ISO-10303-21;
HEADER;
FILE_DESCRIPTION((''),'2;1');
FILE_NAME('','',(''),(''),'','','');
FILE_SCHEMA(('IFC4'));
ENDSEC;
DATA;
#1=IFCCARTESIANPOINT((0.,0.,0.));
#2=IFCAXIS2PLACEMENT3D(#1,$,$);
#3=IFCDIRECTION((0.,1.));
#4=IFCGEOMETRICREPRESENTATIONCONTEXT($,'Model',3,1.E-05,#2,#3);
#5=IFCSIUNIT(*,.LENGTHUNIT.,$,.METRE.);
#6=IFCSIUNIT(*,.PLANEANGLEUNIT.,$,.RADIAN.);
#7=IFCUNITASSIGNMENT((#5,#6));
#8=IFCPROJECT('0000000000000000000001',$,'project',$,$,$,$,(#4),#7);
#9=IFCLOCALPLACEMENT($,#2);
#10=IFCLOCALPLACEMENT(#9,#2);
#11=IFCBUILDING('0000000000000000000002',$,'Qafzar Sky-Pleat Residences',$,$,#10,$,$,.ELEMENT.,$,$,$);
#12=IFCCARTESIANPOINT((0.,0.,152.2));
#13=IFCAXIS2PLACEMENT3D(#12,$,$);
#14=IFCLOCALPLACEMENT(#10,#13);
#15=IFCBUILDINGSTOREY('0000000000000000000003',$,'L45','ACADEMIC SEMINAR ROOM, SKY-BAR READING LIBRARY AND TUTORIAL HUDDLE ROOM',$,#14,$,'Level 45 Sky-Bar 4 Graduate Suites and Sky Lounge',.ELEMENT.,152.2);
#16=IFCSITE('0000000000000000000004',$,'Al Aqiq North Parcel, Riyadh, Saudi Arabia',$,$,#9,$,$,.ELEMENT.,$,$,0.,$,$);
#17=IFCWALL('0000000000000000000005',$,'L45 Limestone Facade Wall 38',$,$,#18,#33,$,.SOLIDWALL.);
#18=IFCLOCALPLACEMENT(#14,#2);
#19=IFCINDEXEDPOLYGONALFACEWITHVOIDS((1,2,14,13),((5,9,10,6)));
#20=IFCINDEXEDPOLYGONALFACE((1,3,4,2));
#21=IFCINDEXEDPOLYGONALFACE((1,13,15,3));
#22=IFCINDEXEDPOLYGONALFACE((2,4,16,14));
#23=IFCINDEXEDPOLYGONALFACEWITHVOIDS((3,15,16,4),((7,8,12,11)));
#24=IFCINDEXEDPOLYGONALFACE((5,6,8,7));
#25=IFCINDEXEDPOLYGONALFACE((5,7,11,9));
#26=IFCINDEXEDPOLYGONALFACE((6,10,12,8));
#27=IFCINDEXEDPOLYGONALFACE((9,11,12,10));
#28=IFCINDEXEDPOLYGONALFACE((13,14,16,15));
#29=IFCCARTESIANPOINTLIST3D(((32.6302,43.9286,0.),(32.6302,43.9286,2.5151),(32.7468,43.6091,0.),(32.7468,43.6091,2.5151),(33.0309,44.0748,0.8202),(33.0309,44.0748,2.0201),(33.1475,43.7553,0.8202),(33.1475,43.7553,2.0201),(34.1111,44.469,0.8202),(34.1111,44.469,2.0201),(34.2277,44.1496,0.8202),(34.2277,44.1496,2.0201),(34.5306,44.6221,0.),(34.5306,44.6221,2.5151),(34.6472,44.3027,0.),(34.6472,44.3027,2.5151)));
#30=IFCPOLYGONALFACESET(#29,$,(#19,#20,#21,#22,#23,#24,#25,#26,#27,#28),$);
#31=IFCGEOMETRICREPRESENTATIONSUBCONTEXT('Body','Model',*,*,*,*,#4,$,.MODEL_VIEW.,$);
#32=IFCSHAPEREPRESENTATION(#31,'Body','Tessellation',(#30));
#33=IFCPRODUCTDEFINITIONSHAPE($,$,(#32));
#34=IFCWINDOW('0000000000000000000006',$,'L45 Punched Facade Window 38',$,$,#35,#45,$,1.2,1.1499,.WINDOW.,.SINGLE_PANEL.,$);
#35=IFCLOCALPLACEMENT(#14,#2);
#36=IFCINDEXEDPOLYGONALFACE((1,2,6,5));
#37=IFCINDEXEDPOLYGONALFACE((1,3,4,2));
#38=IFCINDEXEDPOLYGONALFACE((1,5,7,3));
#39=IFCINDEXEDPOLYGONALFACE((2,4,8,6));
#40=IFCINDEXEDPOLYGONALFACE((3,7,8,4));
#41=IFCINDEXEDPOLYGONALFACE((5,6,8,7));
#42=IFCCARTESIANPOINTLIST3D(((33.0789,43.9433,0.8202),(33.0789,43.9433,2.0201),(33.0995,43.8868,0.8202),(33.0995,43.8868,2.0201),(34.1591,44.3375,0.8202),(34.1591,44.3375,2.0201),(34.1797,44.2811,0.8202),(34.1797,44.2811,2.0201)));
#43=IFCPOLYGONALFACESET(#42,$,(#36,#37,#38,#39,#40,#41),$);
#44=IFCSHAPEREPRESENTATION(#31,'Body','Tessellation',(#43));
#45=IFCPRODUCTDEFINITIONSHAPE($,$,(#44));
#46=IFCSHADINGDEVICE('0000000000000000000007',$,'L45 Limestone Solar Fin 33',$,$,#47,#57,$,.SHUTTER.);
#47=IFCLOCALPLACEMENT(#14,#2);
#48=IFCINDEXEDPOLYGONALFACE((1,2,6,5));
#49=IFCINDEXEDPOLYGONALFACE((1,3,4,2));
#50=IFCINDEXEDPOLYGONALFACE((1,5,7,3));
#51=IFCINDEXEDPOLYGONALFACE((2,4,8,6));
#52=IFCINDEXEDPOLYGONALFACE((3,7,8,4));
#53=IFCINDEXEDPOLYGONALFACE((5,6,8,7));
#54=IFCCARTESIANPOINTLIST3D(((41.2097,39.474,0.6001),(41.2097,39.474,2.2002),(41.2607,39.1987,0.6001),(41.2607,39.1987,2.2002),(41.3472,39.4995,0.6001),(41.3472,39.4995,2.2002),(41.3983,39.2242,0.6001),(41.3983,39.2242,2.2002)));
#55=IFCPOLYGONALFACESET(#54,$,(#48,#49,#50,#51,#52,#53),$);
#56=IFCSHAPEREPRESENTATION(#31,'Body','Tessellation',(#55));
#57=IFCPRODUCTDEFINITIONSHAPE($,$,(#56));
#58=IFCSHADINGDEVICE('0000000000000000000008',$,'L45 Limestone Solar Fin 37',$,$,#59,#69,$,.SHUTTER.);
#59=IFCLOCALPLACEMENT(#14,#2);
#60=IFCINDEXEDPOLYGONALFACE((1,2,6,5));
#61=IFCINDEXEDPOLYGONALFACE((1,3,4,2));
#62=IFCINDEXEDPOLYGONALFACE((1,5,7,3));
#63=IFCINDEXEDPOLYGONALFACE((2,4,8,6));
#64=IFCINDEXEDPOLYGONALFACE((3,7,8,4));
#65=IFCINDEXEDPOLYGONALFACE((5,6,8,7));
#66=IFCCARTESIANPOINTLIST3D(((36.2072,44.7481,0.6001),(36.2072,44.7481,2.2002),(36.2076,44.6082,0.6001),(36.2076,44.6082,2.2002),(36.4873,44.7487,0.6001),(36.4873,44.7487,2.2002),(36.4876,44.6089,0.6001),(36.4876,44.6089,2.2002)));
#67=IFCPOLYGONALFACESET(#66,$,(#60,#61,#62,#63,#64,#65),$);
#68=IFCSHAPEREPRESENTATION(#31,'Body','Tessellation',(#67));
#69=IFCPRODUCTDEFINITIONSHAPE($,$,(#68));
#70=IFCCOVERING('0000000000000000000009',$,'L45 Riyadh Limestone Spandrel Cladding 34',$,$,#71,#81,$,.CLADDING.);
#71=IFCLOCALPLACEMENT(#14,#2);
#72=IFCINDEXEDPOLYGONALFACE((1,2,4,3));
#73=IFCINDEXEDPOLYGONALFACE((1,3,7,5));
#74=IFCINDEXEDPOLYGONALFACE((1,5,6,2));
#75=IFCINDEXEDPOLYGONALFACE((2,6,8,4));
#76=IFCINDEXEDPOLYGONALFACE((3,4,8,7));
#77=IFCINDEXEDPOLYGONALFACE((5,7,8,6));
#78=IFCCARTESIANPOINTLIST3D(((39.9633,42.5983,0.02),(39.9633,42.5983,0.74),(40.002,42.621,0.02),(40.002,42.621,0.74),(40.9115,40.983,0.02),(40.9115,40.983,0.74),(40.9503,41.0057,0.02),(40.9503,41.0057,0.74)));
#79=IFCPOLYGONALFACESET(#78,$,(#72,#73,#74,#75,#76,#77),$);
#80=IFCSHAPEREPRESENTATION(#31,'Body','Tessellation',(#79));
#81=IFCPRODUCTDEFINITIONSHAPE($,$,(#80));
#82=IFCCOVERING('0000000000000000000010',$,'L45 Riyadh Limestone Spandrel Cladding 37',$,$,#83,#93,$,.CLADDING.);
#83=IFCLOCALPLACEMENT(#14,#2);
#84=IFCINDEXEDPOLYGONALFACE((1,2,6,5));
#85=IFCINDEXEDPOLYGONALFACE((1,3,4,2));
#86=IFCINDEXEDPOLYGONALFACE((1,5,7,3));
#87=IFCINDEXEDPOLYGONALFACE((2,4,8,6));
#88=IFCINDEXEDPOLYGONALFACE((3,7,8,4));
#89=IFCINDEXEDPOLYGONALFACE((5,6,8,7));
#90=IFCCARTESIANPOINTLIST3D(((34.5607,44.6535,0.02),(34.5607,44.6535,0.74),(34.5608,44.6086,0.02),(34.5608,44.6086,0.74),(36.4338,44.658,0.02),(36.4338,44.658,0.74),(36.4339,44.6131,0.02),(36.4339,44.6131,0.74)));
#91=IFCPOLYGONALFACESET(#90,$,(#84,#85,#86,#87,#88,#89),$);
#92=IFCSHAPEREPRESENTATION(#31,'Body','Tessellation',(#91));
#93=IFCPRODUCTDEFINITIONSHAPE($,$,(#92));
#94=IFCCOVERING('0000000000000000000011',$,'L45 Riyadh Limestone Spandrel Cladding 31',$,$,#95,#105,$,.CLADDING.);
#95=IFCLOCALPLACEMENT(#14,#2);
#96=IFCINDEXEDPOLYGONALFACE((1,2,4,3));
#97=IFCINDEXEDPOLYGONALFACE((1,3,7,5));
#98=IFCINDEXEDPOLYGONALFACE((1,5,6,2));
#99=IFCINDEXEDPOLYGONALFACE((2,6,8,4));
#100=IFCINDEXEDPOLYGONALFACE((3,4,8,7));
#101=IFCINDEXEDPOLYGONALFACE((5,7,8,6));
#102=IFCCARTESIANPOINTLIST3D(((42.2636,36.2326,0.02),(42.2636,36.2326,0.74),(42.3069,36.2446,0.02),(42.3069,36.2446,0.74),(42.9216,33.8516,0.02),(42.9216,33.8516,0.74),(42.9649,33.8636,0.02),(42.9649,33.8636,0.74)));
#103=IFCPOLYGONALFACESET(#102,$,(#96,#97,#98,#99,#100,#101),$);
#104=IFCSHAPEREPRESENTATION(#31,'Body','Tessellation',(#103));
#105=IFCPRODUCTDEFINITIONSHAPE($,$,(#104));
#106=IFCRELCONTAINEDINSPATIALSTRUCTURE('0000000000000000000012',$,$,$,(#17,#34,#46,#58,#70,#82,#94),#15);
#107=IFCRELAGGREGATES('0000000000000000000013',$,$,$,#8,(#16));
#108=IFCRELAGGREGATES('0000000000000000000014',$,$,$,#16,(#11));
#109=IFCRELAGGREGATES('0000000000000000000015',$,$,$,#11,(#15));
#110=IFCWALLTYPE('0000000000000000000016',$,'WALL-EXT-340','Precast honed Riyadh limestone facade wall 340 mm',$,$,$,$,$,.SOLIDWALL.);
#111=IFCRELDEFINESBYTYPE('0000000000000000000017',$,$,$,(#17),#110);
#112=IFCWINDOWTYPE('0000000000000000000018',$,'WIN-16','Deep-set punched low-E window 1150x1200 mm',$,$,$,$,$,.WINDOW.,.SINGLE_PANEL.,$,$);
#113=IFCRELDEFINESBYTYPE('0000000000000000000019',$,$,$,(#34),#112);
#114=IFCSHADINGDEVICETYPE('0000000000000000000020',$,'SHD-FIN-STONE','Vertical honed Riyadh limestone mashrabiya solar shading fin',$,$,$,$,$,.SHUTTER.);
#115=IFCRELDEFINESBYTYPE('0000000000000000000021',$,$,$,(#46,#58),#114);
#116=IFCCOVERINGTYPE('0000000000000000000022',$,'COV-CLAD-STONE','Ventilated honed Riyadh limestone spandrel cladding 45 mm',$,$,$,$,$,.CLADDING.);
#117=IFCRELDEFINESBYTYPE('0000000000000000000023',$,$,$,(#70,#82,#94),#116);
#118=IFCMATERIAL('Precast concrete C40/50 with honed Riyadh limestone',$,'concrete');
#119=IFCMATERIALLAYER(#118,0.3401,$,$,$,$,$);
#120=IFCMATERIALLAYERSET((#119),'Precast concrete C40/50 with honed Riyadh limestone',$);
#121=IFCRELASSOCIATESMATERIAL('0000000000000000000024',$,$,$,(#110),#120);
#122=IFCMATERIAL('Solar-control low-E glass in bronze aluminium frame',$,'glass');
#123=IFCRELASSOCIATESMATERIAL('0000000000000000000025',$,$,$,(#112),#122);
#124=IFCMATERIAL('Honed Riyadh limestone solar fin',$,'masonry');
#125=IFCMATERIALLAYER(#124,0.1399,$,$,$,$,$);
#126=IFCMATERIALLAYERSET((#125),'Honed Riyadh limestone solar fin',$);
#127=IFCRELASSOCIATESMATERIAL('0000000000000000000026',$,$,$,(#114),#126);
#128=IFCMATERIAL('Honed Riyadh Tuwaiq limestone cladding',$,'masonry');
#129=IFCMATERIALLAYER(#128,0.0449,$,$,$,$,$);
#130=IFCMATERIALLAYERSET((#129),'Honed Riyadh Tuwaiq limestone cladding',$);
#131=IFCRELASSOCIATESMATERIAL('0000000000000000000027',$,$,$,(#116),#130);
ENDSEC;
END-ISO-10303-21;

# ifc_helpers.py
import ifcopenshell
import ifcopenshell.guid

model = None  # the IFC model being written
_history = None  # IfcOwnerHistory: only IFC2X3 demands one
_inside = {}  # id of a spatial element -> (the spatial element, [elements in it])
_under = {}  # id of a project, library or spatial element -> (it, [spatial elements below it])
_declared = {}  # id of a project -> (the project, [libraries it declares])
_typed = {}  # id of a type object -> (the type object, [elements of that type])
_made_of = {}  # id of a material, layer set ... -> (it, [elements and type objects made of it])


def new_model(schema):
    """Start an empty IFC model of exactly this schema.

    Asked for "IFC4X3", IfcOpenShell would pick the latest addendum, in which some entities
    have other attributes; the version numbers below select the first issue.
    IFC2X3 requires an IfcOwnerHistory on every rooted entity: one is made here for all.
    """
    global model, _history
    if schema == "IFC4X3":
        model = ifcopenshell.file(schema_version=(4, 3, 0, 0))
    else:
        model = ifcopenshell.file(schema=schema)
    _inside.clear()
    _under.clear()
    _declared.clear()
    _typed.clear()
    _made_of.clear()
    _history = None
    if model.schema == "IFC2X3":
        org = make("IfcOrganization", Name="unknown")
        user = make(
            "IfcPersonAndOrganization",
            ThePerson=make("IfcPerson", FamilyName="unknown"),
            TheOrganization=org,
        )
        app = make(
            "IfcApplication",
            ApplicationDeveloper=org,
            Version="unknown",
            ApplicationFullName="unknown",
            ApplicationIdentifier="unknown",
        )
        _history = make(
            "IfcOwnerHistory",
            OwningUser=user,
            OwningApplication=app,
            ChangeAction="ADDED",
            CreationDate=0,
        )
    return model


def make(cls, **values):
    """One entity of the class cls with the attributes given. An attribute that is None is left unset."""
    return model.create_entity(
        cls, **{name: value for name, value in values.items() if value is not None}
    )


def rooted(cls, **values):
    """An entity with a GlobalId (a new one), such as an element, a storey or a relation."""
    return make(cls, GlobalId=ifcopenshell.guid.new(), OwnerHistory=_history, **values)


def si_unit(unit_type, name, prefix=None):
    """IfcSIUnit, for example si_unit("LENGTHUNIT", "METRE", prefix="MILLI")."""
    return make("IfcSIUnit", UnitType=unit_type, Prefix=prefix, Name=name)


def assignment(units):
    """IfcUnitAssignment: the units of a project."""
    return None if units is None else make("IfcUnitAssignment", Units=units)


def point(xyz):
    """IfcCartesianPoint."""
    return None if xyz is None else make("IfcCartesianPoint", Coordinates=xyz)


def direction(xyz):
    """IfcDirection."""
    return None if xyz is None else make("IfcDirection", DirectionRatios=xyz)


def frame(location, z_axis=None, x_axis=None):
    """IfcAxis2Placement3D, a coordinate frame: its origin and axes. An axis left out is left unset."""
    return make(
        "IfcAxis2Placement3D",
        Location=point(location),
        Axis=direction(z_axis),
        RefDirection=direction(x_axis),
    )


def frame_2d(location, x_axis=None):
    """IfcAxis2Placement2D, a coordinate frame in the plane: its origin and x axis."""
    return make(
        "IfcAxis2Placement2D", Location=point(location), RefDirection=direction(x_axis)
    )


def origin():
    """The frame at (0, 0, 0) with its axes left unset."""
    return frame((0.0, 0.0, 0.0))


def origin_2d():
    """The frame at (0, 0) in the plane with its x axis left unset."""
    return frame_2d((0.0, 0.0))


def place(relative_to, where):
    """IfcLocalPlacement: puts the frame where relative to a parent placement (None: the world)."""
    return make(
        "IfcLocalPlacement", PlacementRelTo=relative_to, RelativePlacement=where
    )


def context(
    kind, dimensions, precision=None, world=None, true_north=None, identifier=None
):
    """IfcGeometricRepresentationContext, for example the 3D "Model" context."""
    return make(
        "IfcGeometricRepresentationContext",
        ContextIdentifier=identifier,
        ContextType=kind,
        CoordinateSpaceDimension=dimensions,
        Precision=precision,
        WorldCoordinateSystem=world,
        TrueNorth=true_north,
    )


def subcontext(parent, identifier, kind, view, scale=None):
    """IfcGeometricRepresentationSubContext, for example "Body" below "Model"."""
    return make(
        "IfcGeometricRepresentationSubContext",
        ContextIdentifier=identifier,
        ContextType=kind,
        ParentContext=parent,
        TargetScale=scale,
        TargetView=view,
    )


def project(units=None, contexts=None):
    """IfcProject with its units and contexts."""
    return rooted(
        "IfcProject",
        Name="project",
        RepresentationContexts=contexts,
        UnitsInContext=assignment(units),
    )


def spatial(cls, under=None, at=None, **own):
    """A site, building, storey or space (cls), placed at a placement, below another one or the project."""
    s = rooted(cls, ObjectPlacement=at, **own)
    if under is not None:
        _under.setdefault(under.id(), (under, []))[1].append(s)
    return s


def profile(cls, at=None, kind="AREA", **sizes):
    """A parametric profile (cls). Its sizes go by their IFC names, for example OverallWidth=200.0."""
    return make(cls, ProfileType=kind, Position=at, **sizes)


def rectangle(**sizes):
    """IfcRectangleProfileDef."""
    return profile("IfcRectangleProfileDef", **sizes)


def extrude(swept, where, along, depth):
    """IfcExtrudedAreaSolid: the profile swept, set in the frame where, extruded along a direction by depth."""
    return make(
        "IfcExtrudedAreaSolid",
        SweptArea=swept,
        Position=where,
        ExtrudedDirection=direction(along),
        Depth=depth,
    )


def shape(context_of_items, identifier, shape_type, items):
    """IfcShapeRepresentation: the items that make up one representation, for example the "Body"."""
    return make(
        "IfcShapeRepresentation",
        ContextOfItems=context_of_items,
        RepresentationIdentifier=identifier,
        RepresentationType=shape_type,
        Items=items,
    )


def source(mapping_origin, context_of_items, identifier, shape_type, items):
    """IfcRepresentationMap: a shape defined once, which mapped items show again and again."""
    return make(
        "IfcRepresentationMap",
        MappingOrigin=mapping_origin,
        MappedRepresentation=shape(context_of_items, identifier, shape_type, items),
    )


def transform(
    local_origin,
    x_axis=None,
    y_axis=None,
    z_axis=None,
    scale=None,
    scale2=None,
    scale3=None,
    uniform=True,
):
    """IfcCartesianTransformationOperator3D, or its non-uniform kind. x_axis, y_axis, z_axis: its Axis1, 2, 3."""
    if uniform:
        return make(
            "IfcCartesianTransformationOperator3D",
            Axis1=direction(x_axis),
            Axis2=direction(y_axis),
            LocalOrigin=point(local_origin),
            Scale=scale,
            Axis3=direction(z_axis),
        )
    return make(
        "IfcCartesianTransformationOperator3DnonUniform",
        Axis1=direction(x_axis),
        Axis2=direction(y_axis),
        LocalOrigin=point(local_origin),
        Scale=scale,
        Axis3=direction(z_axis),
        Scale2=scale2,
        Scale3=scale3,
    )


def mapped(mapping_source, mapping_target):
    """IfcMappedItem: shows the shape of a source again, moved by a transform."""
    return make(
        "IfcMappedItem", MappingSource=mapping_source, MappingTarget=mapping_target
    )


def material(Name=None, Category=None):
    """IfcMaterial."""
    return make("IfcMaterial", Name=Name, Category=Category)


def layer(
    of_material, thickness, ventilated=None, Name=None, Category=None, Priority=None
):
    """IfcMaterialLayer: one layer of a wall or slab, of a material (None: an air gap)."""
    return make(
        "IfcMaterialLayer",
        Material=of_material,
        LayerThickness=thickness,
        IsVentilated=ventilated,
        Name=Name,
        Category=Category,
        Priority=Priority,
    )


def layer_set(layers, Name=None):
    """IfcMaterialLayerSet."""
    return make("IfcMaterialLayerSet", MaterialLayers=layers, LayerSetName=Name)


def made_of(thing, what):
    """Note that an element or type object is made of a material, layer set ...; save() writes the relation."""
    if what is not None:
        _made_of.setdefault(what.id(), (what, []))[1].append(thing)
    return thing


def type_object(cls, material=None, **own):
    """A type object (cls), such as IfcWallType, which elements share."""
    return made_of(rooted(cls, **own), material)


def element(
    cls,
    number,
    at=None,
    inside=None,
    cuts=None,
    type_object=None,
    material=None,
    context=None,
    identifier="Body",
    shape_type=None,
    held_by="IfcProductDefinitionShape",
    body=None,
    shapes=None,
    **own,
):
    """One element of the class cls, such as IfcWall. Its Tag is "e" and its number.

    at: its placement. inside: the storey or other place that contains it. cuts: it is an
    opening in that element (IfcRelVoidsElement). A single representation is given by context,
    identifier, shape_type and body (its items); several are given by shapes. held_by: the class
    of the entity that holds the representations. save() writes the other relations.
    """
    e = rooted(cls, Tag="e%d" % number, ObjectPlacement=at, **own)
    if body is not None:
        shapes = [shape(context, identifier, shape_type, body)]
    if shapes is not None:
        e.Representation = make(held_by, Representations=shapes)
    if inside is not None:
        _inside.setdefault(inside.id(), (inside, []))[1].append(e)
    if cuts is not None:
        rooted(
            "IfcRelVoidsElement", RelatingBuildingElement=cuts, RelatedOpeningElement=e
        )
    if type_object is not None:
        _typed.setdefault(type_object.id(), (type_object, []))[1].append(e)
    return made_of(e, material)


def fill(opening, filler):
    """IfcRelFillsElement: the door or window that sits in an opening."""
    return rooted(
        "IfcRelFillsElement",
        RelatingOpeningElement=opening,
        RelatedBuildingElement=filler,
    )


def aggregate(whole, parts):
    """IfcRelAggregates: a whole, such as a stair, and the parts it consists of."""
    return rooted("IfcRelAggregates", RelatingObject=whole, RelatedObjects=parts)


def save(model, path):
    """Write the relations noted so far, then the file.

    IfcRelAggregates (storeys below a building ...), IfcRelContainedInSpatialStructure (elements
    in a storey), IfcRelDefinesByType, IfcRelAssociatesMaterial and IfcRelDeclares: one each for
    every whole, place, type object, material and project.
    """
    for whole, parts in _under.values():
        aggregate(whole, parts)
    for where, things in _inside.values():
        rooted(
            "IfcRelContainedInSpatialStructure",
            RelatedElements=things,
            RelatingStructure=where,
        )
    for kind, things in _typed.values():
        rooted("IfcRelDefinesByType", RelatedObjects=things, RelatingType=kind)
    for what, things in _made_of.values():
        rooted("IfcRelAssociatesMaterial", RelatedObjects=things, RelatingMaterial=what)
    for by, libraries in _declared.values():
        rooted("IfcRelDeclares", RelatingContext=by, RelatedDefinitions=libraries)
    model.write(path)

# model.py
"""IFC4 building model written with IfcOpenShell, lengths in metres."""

from ifc_helpers import new_model, si_unit, direction, frame, frame_2d, origin, origin_2d, place, context, subcontext, project, spatial, rectangle, extrude, source, transform, mapped, material, layer, layer_set, type_object, element, fill, save


model = new_model("IFC4")

# Units and contexts
model_context = context("Model", 3, precision=1e-05, world=origin(), true_north=direction((0.0, 1.0)))
body_context = subcontext(model_context, "Body", "Model", "MODEL_VIEW")
ifc_project = project(units=[si_unit("LENGTHUNIT", "METRE"), si_unit("PLANEANGLEUNIT", "RADIAN")], contexts=[model_context])

# Site, building, storey
site_placement = place(None, origin())
site = spatial("IfcSite", under=ifc_project, at=site_placement, Name="Al Aqiq North Parcel, Riyadh, Saudi Arabia", CompositionType="ELEMENT", RefElevation=0.0)
building_placement = place(site_placement, origin())
building = spatial("IfcBuilding", under=site, at=building_placement, Name="Qafzar Sky-Pleat Residences", CompositionType="ELEMENT")
storey_placement = place(building_placement, frame((0.0, 0.0, 152.2)))
storey = spatial("IfcBuildingStorey", under=building, at=storey_placement, Name="L45", Description="ACADEMIC SEMINAR ROOM, SKY-BAR READING LIBRARY AND TUTORIAL HUDDLE ROOM", LongName="Level 45 Sky-Bar 4 Graduate Suites and Sky Lounge", CompositionType="ELEMENT", Elevation=152.2)

# Shared definitions
ifc_material_1 = material(Name="Precast concrete C40/50 with honed Riyadh limestone", Category="concrete")
ifc_layer_1 = layer(ifc_material_1, 0.3401)
ifc_layer_set_1 = layer_set([ifc_layer_1], Name="Precast concrete C40/50 with honed Riyadh limestone")
wall_type_1 = type_object("IfcWallType", Name="WALL-EXT-340", Description="Precast honed Riyadh limestone facade wall 340 mm", PredefinedType="SOLIDWALL", material=ifc_layer_set_1)
ifc_material_2 = material(Name="Solar-control low-E glass in bronze aluminium frame", Category="glass")

# Wall, opening, window
window_type_1 = type_object("IfcWindowType", Name="WIN-16", Description="Deep-set punched low-E window 1150x1200 mm", PartitioningType="SINGLE_PANEL", PredefinedType="WINDOW", material=ifc_material_2)
shared_shape_1 = source(origin(), body_context, "Body", "SweptSolid", [
    extrude(rectangle(XDim=1.1499, YDim=1.2, at=frame_2d((0.575, 0.6001))), frame((0.0, 0.03, 0.0), z_axis=(0.0, -1.0, 0.0), x_axis=(1.0, 0.0, 0.0)), (0.0, 0.0, 1.0), 0.0601),
])
wall_1_placement = place(storey_placement, frame((34.5889, 44.4624, 0.0), z_axis=(0.0, 0.0, 1.0), x_axis=(-0.939388, -0.342857, 0.0)))
wall_1 = element("IfcWall", 1, at=wall_1_placement, inside=storey, type_object=wall_type_1, Name="L45 Limestone Facade Wall 38", PredefinedType="SOLIDWALL", context=body_context, shape_type="SweptSolid", body=[
    extrude(rectangle(XDim=2.0229, YDim=0.3401, at=frame_2d((1.0115, 0.0))), origin(), (0.0, 0.0, 1.0), 2.5151),
])
opening_1_placement = place(wall_1_placement, frame((0.4465, 0.0, 0.8201)))
opening_1 = element("IfcOpeningElement", 2, at=opening_1_placement, cuts=wall_1, PredefinedType="OPENING", context=body_context, shape_type="SweptSolid", body=[
    extrude(rectangle(XDim=1.1499, YDim=1.2, at=frame_2d((0.575, 0.6001))), frame((0.0, 0.1802, 0.0), z_axis=(0.0, -1.0, 0.0), x_axis=(1.0, 0.0, 0.0)), (0.0, 0.0, 1.0), 0.3601),
])
window_1_placement = place(opening_1_placement, origin())
window_1 = element("IfcWindow", 3, at=window_1_placement, inside=storey, type_object=window_type_1, Name="L45 Punched Facade Window 38", OverallHeight=1.2, OverallWidth=1.1499, PartitioningType="SINGLE_PANEL", PredefinedType="WINDOW", context=body_context, shape_type="MappedRepresentation", body=[
    mapped(shared_shape_1, transform((0.0, 0.0, 0.0), x_axis=(1.0, 0.0, 0.0), y_axis=(0.0, 1.0, 0.0), z_axis=(0.0, 0.0, 1.0), scale=1.0)),
])
fill(opening_1, window_1)

# Shading devices
ifc_material_3 = material(Name="Honed Riyadh limestone solar fin", Category="masonry")
ifc_layer_2 = layer(ifc_material_3, 0.1399)
ifc_layer_set_2 = layer_set([ifc_layer_2], Name="Honed Riyadh limestone solar fin")
shading_device_type = type_object("IfcShadingDeviceType", Name="SHD-FIN-STONE", Description="Vertical honed Riyadh limestone mashrabiya solar shading fin", PredefinedType="SHUTTER", material=ifc_layer_set_2)
shared_shape_2 = source(origin(), body_context, "Body", "SweptSolid", [
    extrude(rectangle(XDim=0.1399, YDim=0.28, at=origin_2d()), origin(), (0.0, 0.0, 1.0), 1.6001),
])
for number, where, z_axis, x_axis, name in (
    (4, (41.304, 39.3491, 0.6001), (0.0, 0.0, 1.0), (0.983237, 0.182334, 0.0), "L45 Limestone Solar Fin 33"),
    (5, (36.3474, 44.6785, 0.6001), (0.0, 0.0, 1.0), (-0.002394, 0.999997, 0.0), "L45 Limestone Solar Fin 37"),
):
    element("IfcShadingDevice", number, at=place(storey_placement, frame(where, z_axis=z_axis, x_axis=x_axis)), inside=storey, type_object=shading_device_type, Name=name, PredefinedType="SHUTTER", context=body_context, shape_type="MappedRepresentation", body=[
        mapped(shared_shape_2, transform((0.0, 0.0, 0.0), x_axis=(1.0, 0.0, 0.0), y_axis=(0.0, 1.0, 0.0), z_axis=(0.0, 0.0, 1.0), scale=1.0)),
    ])

# Coverings
ifc_material_4 = material(Name="Honed Riyadh Tuwaiq limestone cladding", Category="masonry")
ifc_layer_3 = layer(ifc_material_4, 0.0449)
ifc_layer_set_3 = layer_set([ifc_layer_3], Name="Honed Riyadh Tuwaiq limestone cladding")
covering_type = type_object("IfcCoveringType", Name="COV-CLAD-STONE", Description="Ventilated honed Riyadh limestone spandrel cladding 45 mm", PredefinedType="CLADDING", material=ifc_layer_set_3)
shared_shape_3 = source(origin(), body_context, "Body", "SweptSolid", [
    extrude(rectangle(XDim=1.873, YDim=0.0449, at=origin_2d()), origin(), (0.0, 0.0, 1.0), 0.72),
])
for number, where, z_axis, x_axis, name in (
    (6, (40.4568, 41.802, 0.02), (0.0, 0.0, 1.0), (-0.506268, 0.862376, 0.0), "L45 Riyadh Limestone Spandrel Cladding 34"),
    (7, (35.4973, 44.6333, 0.02), (0.0, 0.0, 1.0), (-0.999997, -0.002403, 0.0), "L45 Riyadh Limestone Spandrel Cladding 37"),
):
    element("IfcCovering", number, at=place(storey_placement, frame(where, z_axis=z_axis, x_axis=x_axis)), inside=storey, type_object=covering_type, Name=name, PredefinedType="CLADDING", context=body_context, shape_type="MappedRepresentation", body=[
        mapped(shared_shape_3, transform((0.0, 0.0, 0.0), x_axis=(1.0, 0.0, 0.0), y_axis=(0.0, 1.0, 0.0), z_axis=(0.0, 0.0, 1.0), scale=1.0)),
    ])
shared_shape_4 = source(origin(), body_context, "Body", "SweptSolid", [
    extrude(rectangle(XDim=2.4702, YDim=0.0449, at=origin_2d()), origin(), (0.0, 0.0, 1.0), 0.72),
])
covering_placement = place(storey_placement, frame((42.6143, 35.0481, 0.02), z_axis=(0.0, 0.0, 1.0), x_axis=(-0.266371, 0.96387, 0.0)))
element("IfcCovering", 8, at=covering_placement, inside=storey, type_object=covering_type, Name="L45 Riyadh Limestone Spandrel Cladding 31", PredefinedType="CLADDING", context=body_context, shape_type="MappedRepresentation", body=[
    mapped(shared_shape_4, transform((0.0, 0.0, 0.0), x_axis=(1.0, 0.0, 0.0), y_axis=(0.0, 1.0, 0.0), z_axis=(0.0, 0.0, 1.0), scale=1.0)),
])

save(model, "model.ifc")
